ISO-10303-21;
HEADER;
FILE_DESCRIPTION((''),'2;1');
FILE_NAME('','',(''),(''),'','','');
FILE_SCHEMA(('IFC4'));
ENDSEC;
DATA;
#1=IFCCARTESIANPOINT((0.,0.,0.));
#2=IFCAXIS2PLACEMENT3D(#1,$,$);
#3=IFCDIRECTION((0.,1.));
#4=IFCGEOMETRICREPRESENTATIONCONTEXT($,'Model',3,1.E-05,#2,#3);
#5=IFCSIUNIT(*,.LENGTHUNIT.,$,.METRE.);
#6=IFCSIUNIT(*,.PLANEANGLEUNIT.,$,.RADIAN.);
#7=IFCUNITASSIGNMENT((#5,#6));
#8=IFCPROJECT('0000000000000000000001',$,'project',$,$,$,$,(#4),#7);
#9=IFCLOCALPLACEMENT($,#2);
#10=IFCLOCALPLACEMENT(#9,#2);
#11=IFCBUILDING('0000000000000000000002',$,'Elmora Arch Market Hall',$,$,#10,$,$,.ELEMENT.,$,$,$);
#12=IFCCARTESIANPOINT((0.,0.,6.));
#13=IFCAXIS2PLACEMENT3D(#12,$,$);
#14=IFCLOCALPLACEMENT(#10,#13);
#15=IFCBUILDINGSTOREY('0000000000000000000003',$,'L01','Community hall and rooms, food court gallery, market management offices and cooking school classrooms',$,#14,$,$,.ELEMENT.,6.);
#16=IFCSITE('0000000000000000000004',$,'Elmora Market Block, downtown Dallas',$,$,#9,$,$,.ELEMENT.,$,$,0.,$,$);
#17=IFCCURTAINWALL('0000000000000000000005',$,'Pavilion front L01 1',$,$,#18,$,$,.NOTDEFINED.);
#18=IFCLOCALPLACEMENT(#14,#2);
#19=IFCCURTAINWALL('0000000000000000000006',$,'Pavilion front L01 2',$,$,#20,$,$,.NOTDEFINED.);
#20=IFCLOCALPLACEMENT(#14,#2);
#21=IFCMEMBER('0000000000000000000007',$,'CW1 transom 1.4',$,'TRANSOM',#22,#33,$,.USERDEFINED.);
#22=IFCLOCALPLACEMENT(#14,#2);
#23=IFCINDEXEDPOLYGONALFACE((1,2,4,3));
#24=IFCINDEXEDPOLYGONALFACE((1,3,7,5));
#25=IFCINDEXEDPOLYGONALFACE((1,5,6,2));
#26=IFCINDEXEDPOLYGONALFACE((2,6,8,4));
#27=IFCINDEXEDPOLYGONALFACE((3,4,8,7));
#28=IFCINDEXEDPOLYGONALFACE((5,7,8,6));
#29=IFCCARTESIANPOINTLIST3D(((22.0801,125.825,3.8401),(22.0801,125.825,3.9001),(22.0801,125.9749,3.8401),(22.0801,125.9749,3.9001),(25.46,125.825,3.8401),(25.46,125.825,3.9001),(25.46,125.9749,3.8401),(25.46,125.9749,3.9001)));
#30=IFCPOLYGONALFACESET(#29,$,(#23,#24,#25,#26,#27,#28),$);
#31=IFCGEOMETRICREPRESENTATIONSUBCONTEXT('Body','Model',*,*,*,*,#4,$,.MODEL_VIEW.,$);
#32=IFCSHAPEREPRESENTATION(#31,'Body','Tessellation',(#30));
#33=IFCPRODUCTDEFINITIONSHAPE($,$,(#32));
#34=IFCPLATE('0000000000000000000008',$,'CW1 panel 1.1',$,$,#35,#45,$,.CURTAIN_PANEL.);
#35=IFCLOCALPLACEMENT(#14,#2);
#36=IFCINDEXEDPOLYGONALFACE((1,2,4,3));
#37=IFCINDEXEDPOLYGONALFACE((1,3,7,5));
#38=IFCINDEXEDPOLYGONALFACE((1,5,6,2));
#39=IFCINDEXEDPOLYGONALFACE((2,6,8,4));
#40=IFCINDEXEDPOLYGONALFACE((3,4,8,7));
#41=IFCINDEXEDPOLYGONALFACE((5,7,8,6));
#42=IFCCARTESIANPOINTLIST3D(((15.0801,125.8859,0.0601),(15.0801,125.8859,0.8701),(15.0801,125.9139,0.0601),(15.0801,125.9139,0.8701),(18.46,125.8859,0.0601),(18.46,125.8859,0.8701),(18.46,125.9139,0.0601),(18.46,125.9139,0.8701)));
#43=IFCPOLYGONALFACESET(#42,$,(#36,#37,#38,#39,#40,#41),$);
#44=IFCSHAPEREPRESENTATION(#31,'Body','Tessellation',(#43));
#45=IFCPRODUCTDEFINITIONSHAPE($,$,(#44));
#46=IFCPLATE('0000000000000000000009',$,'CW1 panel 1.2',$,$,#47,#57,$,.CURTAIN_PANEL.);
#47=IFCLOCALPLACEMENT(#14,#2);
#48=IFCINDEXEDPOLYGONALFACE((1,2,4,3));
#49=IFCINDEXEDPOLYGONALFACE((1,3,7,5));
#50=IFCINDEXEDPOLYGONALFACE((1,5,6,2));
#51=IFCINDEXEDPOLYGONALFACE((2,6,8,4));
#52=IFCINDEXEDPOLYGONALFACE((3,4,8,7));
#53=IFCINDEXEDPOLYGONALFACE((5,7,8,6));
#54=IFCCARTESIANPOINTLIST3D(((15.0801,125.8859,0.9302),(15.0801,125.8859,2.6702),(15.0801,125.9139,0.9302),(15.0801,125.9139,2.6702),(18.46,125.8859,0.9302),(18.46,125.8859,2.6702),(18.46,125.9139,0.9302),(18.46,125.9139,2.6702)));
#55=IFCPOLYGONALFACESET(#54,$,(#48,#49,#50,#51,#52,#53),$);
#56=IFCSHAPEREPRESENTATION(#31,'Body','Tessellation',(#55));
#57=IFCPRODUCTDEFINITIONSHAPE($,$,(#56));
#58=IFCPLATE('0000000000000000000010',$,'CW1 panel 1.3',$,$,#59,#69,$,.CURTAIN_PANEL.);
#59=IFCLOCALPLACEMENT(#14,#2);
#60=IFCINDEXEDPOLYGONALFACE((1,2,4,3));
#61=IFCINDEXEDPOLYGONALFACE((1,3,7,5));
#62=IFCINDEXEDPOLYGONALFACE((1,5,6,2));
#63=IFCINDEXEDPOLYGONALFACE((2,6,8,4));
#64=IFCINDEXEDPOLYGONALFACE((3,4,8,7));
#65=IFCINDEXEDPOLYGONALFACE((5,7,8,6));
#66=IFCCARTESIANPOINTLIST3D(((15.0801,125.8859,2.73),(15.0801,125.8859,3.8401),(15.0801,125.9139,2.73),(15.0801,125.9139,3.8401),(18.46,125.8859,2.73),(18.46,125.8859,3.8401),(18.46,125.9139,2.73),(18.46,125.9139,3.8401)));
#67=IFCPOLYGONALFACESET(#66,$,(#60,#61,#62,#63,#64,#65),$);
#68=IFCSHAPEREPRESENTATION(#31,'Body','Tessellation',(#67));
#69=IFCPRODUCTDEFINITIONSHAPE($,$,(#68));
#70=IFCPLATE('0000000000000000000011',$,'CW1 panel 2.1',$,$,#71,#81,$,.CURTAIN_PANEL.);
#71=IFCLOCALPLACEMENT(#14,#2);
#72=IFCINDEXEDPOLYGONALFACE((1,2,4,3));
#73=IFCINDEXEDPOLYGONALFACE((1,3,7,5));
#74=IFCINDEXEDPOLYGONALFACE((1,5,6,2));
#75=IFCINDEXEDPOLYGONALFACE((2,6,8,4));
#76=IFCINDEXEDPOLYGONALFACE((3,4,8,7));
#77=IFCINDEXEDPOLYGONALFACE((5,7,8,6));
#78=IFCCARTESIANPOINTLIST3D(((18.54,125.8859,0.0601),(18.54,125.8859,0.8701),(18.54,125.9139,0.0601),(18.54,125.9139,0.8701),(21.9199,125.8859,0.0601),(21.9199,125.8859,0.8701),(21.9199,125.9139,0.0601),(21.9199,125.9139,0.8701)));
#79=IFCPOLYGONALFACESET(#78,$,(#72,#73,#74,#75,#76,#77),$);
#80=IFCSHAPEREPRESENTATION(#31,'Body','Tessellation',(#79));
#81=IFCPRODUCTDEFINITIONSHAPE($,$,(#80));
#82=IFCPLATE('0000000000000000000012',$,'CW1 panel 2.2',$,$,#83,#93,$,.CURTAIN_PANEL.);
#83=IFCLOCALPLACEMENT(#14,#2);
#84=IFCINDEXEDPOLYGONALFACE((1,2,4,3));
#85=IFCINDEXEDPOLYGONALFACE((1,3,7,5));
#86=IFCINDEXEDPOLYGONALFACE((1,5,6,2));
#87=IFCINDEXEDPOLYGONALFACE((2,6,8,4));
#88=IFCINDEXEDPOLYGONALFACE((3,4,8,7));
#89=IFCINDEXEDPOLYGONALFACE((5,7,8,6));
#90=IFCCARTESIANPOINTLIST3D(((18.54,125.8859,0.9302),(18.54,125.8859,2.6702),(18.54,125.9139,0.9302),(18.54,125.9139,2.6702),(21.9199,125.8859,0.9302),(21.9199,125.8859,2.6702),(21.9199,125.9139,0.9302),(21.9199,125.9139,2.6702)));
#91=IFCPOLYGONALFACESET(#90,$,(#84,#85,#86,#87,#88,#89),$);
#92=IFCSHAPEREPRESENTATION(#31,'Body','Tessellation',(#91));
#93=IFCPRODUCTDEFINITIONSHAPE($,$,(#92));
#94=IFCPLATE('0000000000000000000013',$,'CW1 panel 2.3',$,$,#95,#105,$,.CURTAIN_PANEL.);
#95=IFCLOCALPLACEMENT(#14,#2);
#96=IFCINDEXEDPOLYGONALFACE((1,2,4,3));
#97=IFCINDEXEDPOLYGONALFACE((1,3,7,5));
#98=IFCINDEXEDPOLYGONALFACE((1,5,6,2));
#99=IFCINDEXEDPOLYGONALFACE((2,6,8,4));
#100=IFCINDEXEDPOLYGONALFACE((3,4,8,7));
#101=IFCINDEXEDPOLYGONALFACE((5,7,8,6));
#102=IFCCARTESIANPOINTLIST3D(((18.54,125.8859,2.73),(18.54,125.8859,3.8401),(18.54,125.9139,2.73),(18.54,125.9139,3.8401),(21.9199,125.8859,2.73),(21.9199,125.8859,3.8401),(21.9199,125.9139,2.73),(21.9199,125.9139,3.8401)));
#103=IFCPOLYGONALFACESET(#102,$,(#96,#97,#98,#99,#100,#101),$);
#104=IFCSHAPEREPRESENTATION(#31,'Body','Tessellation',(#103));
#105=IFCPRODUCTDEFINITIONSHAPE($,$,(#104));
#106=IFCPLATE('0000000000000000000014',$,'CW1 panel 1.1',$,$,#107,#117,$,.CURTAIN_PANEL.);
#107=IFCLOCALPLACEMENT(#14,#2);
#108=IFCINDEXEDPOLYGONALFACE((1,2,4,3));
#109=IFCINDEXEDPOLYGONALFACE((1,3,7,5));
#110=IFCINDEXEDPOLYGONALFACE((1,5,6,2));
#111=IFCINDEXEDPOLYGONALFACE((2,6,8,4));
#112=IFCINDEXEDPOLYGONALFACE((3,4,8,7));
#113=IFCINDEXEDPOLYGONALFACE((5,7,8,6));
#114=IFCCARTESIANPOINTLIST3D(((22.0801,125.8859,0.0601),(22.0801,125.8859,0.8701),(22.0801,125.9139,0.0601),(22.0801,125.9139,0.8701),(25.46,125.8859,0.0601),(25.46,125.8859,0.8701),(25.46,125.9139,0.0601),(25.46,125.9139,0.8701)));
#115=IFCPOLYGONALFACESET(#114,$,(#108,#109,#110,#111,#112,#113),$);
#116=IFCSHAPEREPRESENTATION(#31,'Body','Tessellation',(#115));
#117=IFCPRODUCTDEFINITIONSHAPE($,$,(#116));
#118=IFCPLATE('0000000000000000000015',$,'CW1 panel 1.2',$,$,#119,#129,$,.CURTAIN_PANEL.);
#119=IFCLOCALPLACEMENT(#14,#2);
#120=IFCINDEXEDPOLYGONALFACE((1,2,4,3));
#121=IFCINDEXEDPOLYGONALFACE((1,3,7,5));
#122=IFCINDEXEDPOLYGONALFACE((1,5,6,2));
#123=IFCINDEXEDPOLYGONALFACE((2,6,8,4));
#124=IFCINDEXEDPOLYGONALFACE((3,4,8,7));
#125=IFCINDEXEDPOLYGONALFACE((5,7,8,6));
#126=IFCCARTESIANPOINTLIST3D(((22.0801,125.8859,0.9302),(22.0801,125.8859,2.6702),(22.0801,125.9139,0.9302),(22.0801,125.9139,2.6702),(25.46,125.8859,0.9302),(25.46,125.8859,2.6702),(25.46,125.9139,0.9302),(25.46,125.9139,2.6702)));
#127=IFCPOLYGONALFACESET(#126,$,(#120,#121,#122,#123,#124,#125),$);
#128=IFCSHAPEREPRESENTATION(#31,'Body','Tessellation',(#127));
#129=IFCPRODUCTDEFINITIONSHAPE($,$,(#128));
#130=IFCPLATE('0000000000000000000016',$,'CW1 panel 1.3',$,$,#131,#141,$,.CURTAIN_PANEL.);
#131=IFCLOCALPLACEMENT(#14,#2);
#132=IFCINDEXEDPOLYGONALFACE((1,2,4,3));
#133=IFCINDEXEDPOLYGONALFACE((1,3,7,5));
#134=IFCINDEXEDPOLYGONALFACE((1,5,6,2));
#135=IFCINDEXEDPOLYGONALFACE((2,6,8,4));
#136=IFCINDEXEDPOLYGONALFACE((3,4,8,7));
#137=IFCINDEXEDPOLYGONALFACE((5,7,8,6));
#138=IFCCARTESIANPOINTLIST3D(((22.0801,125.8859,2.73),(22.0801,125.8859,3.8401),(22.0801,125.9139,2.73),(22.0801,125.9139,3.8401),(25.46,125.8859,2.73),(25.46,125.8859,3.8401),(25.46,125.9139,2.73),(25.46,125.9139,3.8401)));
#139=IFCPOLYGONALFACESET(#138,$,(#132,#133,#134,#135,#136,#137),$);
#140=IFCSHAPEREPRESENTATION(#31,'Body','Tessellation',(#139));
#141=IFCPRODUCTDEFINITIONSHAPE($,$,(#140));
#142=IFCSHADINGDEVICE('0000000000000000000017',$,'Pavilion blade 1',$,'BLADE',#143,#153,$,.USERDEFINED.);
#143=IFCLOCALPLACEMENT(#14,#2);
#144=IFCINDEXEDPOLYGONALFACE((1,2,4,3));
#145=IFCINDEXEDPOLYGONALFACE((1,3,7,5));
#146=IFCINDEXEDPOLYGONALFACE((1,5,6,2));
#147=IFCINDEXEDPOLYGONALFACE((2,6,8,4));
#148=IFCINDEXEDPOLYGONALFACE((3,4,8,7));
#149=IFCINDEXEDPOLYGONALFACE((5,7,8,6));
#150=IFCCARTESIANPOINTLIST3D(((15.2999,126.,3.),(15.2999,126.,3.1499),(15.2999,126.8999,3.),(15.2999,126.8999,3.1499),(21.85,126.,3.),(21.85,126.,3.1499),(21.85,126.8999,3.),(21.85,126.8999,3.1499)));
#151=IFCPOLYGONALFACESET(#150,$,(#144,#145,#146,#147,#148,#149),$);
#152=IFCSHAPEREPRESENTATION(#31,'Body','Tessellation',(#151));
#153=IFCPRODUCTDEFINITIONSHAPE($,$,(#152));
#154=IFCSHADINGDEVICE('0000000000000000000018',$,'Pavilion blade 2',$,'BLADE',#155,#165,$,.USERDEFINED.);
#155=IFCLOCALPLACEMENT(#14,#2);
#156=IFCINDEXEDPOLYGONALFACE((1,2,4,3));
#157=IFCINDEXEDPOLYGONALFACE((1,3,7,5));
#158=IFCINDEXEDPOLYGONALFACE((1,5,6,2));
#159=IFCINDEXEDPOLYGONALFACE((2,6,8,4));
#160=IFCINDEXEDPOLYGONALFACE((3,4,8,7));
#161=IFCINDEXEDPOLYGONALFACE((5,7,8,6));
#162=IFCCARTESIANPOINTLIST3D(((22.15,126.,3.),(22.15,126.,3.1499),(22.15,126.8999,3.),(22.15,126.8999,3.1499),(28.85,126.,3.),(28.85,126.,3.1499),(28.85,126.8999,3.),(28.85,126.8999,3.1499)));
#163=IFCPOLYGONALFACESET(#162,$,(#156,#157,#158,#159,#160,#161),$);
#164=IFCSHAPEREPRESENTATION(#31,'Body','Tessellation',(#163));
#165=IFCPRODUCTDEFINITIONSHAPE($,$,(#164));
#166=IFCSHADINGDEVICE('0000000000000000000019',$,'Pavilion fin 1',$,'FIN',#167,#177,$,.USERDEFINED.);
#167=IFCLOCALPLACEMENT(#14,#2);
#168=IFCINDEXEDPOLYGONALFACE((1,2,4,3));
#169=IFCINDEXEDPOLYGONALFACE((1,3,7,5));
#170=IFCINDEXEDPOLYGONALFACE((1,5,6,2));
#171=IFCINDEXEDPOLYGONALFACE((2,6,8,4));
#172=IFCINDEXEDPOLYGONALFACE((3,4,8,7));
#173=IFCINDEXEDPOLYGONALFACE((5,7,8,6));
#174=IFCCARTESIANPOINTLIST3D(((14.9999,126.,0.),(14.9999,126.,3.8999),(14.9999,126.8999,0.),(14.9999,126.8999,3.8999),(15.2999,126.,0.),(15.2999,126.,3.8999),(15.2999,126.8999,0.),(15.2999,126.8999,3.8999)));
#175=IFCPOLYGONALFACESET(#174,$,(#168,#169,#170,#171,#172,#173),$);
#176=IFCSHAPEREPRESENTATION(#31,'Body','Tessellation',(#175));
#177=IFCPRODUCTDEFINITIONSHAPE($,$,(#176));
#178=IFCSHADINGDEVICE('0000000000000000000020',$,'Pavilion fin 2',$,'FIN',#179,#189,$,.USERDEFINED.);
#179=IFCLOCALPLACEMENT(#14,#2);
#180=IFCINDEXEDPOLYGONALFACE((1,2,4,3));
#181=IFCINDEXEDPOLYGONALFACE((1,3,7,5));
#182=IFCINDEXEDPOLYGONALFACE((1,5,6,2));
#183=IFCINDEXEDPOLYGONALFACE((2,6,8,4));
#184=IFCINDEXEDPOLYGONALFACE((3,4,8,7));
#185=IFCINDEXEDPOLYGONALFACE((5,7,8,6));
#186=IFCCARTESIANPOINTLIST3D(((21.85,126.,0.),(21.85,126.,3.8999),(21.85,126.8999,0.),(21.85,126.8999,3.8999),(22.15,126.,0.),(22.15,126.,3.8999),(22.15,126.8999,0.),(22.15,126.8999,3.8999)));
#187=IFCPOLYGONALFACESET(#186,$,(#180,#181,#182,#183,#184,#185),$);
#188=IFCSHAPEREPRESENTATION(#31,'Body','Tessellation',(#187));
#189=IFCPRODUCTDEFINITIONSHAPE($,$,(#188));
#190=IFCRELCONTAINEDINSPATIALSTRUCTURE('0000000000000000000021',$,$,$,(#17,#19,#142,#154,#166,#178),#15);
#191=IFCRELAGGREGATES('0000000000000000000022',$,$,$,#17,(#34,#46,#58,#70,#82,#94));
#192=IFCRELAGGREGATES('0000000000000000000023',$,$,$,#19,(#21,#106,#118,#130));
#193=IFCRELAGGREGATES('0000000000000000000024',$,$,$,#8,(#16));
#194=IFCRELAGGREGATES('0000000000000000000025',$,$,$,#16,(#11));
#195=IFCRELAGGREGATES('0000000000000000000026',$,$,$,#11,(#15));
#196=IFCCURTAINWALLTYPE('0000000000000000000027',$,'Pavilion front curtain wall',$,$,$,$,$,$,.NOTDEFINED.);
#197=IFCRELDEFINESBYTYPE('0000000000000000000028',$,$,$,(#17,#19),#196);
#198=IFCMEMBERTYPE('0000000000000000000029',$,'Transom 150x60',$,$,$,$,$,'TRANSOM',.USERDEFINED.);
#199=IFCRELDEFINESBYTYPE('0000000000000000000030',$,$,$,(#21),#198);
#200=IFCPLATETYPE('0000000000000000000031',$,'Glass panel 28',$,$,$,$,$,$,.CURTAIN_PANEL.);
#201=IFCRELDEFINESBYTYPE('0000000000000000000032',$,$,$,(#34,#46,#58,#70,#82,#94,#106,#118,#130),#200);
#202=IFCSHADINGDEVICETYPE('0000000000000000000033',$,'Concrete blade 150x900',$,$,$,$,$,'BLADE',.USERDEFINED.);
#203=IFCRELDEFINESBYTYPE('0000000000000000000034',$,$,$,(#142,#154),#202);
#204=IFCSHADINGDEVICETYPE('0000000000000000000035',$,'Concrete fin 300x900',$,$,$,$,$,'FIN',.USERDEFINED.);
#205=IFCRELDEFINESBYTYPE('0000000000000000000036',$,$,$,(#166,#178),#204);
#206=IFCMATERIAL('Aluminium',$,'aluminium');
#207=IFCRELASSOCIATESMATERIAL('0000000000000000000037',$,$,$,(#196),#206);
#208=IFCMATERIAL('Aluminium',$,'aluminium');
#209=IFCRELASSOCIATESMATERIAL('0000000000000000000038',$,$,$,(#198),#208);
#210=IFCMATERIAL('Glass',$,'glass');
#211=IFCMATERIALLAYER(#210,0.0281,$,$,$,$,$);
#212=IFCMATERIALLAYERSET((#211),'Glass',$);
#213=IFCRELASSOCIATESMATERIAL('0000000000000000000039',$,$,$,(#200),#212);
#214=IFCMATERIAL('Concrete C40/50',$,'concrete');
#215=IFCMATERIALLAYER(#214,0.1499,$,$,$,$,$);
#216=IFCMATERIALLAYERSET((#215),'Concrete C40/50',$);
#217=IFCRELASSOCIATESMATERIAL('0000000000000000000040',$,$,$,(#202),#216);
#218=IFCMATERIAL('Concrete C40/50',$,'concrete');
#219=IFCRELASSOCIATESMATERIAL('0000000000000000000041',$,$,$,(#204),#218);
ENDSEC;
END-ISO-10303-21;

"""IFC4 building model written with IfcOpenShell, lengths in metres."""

from ifc_helpers import new_model, si_unit, direction, frame, origin, origin_2d, place, context, subcontext, project, spatial, rectangle, extrude, material, layer, layer_set, material_profile, profile_set, type_object, element, aggregate, save


model = new_model("IFC4")

# Units and contexts
model_context = context("Model", 3, precision=1e-05, world=origin(), true_north=direction((0.0, 1.0)))
body_context = subcontext(model_context, "Body", "Model", "MODEL_VIEW")
ifc_project = project(units=[si_unit("LENGTHUNIT", "METRE"), si_unit("PLANEANGLEUNIT", "RADIAN")], contexts=[model_context])

# Site, building, storey
site_placement = place(None, origin())
site = spatial("IfcSite", under=ifc_project, at=site_placement, Name="Elmora Market Block, downtown Dallas", CompositionType="ELEMENT", RefElevation=0.0)
building_placement = place(site_placement, origin())
building = spatial("IfcBuilding", under=site, at=building_placement, Name="Elmora Arch Market Hall", CompositionType="ELEMENT")
storey_placement = place(building_placement, frame((0.0, 0.0, 6.0)))
storey = spatial("IfcBuildingStorey", under=building, at=storey_placement, Name="L01", Description="Community hall and rooms, food court gallery, market management offices and cooking school classrooms", CompositionType="ELEMENT", Elevation=6.0)

# Curtain walls
ifc_material_1 = material(Name="Aluminium", Category="aluminium")
curtain_wall_type = type_object("IfcCurtainWallType", Name="Pavilion front curtain wall", PredefinedType="NOTDEFINED", material=ifc_material_1)
curtain_wall_1_placement = place(storey_placement, origin())
curtain_wall_1 = element("IfcCurtainWall", 1, at=curtain_wall_1_placement, inside=storey, type_object=curtain_wall_type, Name="Pavilion front L01 1", PredefinedType="NOTDEFINED")
curtain_wall_2_placement = place(storey_placement, origin())
curtain_wall_2 = element("IfcCurtainWall", 2, at=curtain_wall_2_placement, inside=storey, type_object=curtain_wall_type, Name="Pavilion front L01 2", PredefinedType="NOTDEFINED")

# Member
ifc_material_2 = material(Name="Aluminium", Category="aluminium")
ifc_material_profile_1 = material_profile(ifc_material_2, rectangle(XDim=0.1499, YDim=0.0601, at=origin_2d()), Name="AL 150x60")
ifc_profile_set_1 = profile_set([ifc_material_profile_1], Name="Aluminium")
member_type_1 = type_object("IfcMemberType", Name="Transom 150x60", ElementType="TRANSOM", PredefinedType="USERDEFINED", material=ifc_profile_set_1)
member_1_placement = place(storey_placement, frame((22.0801, 125.8999, 3.8701), z_axis=(1.0, 0.0, 0.0), x_axis=(0.0, 1.0, 0.0)))
member_1 = element("IfcMember", 3, at=member_1_placement, type_object=member_type_1, Name="CW1 transom 1.4", ObjectType="TRANSOM", PredefinedType="USERDEFINED", context=body_context, shape_type="SweptSolid", body=[
    extrude(rectangle(XDim=0.1499, YDim=0.0601, at=origin_2d()), origin(), (0.0, 0.0, 1.0), 3.3799),
])

# Plates
ifc_material_3 = material(Name="Glass", Category="glass")
ifc_layer_1 = layer(ifc_material_3, 0.0281)
ifc_layer_set_1 = layer_set([ifc_layer_1], Name="Glass")
plate_type = type_object("IfcPlateType", Name="Glass panel 28", PredefinedType="CURTAIN_PANEL", material=ifc_layer_set_1)
plate_1_placement = place(storey_placement, frame((16.77, 125.8999, 0.0601), z_axis=(0.0, 0.0, 1.0), x_axis=(1.0, 0.0, 0.0)))
plate_1 = element("IfcPlate", 4, at=plate_1_placement, type_object=plate_type, Name="CW1 panel 1.1", PredefinedType="CURTAIN_PANEL", context=body_context, shape_type="SweptSolid", body=[
    extrude(rectangle(XDim=3.3799, YDim=0.0281, at=origin_2d()), origin(), (0.0, 0.0, 1.0), 0.8101),
])
plate_2_placement = place(storey_placement, frame((16.77, 125.8999, 0.9302), z_axis=(0.0, 0.0, 1.0), x_axis=(1.0, 0.0, 0.0)))
plate_2 = element("IfcPlate", 5, at=plate_2_placement, type_object=plate_type, Name="CW1 panel 1.2", PredefinedType="CURTAIN_PANEL", context=body_context, shape_type="SweptSolid", body=[
    extrude(rectangle(XDim=3.3799, YDim=0.0281, at=origin_2d()), origin(), (0.0, 0.0, 1.0), 1.74),
])
plate_3_placement = place(storey_placement, frame((16.77, 125.8999, 2.73), z_axis=(0.0, 0.0, 1.0), x_axis=(1.0, 0.0, 0.0)))
plate_3 = element("IfcPlate", 6, at=plate_3_placement, type_object=plate_type, Name="CW1 panel 1.3", PredefinedType="CURTAIN_PANEL", context=body_context, shape_type="SweptSolid", body=[
    extrude(rectangle(XDim=3.3799, YDim=0.0281, at=origin_2d()), origin(), (0.0, 0.0, 1.0), 1.1101),
])
plate_4_placement = place(storey_placement, frame((20.23, 125.8999, 0.0601), z_axis=(0.0, 0.0, 1.0), x_axis=(1.0, 0.0, 0.0)))
plate_4 = element("IfcPlate", 7, at=plate_4_placement, type_object=plate_type, Name="CW1 panel 2.1", PredefinedType="CURTAIN_PANEL", context=body_context, shape_type="SweptSolid", body=[
    extrude(rectangle(XDim=3.3799, YDim=0.0281, at=origin_2d()), origin(), (0.0, 0.0, 1.0), 0.8101),
])
plate_5_placement = place(storey_placement, frame((20.23, 125.8999, 0.9302), z_axis=(0.0, 0.0, 1.0), x_axis=(1.0, 0.0, 0.0)))
plate_5 = element("IfcPlate", 8, at=plate_5_placement, type_object=plate_type, Name="CW1 panel 2.2", PredefinedType="CURTAIN_PANEL", context=body_context, shape_type="SweptSolid", body=[
    extrude(rectangle(XDim=3.3799, YDim=0.0281, at=origin_2d()), origin(), (0.0, 0.0, 1.0), 1.74),
])
plate_6_placement = place(storey_placement, frame((20.23, 125.8999, 2.73), z_axis=(0.0, 0.0, 1.0), x_axis=(1.0, 0.0, 0.0)))
plate_6 = element("IfcPlate", 9, at=plate_6_placement, type_object=plate_type, Name="CW1 panel 2.3", PredefinedType="CURTAIN_PANEL", context=body_context, shape_type="SweptSolid", body=[
    extrude(rectangle(XDim=3.3799, YDim=0.0281, at=origin_2d()), origin(), (0.0, 0.0, 1.0), 1.1101),
])
aggregate(curtain_wall_1, [plate_1, plate_2, plate_3, plate_4, plate_5, plate_6])
plate_7_placement = place(storey_placement, frame((23.77, 125.8999, 0.0601), z_axis=(0.0, 0.0, 1.0), x_axis=(1.0, 0.0, 0.0)))
plate_7 = element("IfcPlate", 10, at=plate_7_placement, type_object=plate_type, Name="CW1 panel 1.1", PredefinedType="CURTAIN_PANEL", context=body_context, shape_type="SweptSolid", body=[
    extrude(rectangle(XDim=3.3799, YDim=0.0281, at=origin_2d()), origin(), (0.0, 0.0, 1.0), 0.8101),
])
plate_8_placement = place(storey_placement, frame((23.77, 125.8999, 0.9302), z_axis=(0.0, 0.0, 1.0), x_axis=(1.0, 0.0, 0.0)))
plate_8 = element("IfcPlate", 11, at=plate_8_placement, type_object=plate_type, Name="CW1 panel 1.2", PredefinedType="CURTAIN_PANEL", context=body_context, shape_type="SweptSolid", body=[
    extrude(rectangle(XDim=3.3799, YDim=0.0281, at=origin_2d()), origin(), (0.0, 0.0, 1.0), 1.74),
])
plate_9_placement = place(storey_placement, frame((23.77, 125.8999, 2.73), z_axis=(0.0, 0.0, 1.0), x_axis=(1.0, 0.0, 0.0)))
plate_9 = element("IfcPlate", 12, at=plate_9_placement, type_object=plate_type, Name="CW1 panel 1.3", PredefinedType="CURTAIN_PANEL", context=body_context, shape_type="SweptSolid", body=[
    extrude(rectangle(XDim=3.3799, YDim=0.0281, at=origin_2d()), origin(), (0.0, 0.0, 1.0), 1.1101),
])
aggregate(curtain_wall_2, [member_1, plate_7, plate_8, plate_9])

# Shading devices
ifc_material_4 = material(Name="Concrete C40/50", Category="concrete")
ifc_layer_2 = layer(ifc_material_4, 0.1499)
ifc_layer_set_2 = layer_set([ifc_layer_2], Name="Concrete C40/50")
shading_device_type_1 = type_object("IfcShadingDeviceType", Name="Concrete blade 150x900", ElementType="BLADE", PredefinedType="USERDEFINED", material=ifc_layer_set_2)
shading_device_1_placement = place(storey_placement, frame((18.575, 126.45, 3.0), z_axis=(0.0, 0.0, 1.0), x_axis=(1.0, 0.0, 0.0)))
element("IfcShadingDevice", 13, at=shading_device_1_placement, inside=storey, type_object=shading_device_type_1, Name="Pavilion blade 1", ObjectType="BLADE", PredefinedType="USERDEFINED", context=body_context, shape_type="SweptSolid", body=[
    extrude(rectangle(XDim=6.55, YDim=0.8999, at=origin_2d()), origin(), (0.0, 0.0, 1.0), 0.1499),
])
shading_device_2_placement = place(storey_placement, frame((25.5, 126.45, 3.0), z_axis=(0.0, 0.0, 1.0), x_axis=(1.0, 0.0, 0.0)))
element("IfcShadingDevice", 14, at=shading_device_2_placement, inside=storey, type_object=shading_device_type_1, Name="Pavilion blade 2", ObjectType="BLADE", PredefinedType="USERDEFINED", context=body_context, shape_type="SweptSolid", body=[
    extrude(rectangle(XDim=6.7, YDim=0.8999, at=origin_2d()), origin(), (0.0, 0.0, 1.0), 0.1499),
])
ifc_material_5 = material(Name="Concrete C40/50", Category="concrete")
shading_device_type_2 = type_object("IfcShadingDeviceType", Name="Concrete fin 300x900", ElementType="FIN", PredefinedType="USERDEFINED", material=ifc_material_5)
for number, where, z_axis, x_axis, name in (
    (15, (15.1499, 126.45, 0.0), (0.0, 0.0, 1.0), (1.0, 0.0, 0.0), "Pavilion fin 1"),
    (16, (22.0, 126.45, 0.0), (0.0, 0.0, 1.0), (1.0, 0.0, 0.0), "Pavilion fin 2"),
):
    element("IfcShadingDevice", number, at=place(storey_placement, frame(where, z_axis=z_axis, x_axis=x_axis)), inside=storey, type_object=shading_device_type_2, Name=name, ObjectType="FIN", PredefinedType="USERDEFINED", context=body_context, shape_type="SweptSolid", body=[
        extrude(rectangle(XDim=0.3, YDim=0.8999, at=origin_2d()), origin(), (0.0, 0.0, 1.0), 3.8999),
    ])

save(model, "model.ifc")
